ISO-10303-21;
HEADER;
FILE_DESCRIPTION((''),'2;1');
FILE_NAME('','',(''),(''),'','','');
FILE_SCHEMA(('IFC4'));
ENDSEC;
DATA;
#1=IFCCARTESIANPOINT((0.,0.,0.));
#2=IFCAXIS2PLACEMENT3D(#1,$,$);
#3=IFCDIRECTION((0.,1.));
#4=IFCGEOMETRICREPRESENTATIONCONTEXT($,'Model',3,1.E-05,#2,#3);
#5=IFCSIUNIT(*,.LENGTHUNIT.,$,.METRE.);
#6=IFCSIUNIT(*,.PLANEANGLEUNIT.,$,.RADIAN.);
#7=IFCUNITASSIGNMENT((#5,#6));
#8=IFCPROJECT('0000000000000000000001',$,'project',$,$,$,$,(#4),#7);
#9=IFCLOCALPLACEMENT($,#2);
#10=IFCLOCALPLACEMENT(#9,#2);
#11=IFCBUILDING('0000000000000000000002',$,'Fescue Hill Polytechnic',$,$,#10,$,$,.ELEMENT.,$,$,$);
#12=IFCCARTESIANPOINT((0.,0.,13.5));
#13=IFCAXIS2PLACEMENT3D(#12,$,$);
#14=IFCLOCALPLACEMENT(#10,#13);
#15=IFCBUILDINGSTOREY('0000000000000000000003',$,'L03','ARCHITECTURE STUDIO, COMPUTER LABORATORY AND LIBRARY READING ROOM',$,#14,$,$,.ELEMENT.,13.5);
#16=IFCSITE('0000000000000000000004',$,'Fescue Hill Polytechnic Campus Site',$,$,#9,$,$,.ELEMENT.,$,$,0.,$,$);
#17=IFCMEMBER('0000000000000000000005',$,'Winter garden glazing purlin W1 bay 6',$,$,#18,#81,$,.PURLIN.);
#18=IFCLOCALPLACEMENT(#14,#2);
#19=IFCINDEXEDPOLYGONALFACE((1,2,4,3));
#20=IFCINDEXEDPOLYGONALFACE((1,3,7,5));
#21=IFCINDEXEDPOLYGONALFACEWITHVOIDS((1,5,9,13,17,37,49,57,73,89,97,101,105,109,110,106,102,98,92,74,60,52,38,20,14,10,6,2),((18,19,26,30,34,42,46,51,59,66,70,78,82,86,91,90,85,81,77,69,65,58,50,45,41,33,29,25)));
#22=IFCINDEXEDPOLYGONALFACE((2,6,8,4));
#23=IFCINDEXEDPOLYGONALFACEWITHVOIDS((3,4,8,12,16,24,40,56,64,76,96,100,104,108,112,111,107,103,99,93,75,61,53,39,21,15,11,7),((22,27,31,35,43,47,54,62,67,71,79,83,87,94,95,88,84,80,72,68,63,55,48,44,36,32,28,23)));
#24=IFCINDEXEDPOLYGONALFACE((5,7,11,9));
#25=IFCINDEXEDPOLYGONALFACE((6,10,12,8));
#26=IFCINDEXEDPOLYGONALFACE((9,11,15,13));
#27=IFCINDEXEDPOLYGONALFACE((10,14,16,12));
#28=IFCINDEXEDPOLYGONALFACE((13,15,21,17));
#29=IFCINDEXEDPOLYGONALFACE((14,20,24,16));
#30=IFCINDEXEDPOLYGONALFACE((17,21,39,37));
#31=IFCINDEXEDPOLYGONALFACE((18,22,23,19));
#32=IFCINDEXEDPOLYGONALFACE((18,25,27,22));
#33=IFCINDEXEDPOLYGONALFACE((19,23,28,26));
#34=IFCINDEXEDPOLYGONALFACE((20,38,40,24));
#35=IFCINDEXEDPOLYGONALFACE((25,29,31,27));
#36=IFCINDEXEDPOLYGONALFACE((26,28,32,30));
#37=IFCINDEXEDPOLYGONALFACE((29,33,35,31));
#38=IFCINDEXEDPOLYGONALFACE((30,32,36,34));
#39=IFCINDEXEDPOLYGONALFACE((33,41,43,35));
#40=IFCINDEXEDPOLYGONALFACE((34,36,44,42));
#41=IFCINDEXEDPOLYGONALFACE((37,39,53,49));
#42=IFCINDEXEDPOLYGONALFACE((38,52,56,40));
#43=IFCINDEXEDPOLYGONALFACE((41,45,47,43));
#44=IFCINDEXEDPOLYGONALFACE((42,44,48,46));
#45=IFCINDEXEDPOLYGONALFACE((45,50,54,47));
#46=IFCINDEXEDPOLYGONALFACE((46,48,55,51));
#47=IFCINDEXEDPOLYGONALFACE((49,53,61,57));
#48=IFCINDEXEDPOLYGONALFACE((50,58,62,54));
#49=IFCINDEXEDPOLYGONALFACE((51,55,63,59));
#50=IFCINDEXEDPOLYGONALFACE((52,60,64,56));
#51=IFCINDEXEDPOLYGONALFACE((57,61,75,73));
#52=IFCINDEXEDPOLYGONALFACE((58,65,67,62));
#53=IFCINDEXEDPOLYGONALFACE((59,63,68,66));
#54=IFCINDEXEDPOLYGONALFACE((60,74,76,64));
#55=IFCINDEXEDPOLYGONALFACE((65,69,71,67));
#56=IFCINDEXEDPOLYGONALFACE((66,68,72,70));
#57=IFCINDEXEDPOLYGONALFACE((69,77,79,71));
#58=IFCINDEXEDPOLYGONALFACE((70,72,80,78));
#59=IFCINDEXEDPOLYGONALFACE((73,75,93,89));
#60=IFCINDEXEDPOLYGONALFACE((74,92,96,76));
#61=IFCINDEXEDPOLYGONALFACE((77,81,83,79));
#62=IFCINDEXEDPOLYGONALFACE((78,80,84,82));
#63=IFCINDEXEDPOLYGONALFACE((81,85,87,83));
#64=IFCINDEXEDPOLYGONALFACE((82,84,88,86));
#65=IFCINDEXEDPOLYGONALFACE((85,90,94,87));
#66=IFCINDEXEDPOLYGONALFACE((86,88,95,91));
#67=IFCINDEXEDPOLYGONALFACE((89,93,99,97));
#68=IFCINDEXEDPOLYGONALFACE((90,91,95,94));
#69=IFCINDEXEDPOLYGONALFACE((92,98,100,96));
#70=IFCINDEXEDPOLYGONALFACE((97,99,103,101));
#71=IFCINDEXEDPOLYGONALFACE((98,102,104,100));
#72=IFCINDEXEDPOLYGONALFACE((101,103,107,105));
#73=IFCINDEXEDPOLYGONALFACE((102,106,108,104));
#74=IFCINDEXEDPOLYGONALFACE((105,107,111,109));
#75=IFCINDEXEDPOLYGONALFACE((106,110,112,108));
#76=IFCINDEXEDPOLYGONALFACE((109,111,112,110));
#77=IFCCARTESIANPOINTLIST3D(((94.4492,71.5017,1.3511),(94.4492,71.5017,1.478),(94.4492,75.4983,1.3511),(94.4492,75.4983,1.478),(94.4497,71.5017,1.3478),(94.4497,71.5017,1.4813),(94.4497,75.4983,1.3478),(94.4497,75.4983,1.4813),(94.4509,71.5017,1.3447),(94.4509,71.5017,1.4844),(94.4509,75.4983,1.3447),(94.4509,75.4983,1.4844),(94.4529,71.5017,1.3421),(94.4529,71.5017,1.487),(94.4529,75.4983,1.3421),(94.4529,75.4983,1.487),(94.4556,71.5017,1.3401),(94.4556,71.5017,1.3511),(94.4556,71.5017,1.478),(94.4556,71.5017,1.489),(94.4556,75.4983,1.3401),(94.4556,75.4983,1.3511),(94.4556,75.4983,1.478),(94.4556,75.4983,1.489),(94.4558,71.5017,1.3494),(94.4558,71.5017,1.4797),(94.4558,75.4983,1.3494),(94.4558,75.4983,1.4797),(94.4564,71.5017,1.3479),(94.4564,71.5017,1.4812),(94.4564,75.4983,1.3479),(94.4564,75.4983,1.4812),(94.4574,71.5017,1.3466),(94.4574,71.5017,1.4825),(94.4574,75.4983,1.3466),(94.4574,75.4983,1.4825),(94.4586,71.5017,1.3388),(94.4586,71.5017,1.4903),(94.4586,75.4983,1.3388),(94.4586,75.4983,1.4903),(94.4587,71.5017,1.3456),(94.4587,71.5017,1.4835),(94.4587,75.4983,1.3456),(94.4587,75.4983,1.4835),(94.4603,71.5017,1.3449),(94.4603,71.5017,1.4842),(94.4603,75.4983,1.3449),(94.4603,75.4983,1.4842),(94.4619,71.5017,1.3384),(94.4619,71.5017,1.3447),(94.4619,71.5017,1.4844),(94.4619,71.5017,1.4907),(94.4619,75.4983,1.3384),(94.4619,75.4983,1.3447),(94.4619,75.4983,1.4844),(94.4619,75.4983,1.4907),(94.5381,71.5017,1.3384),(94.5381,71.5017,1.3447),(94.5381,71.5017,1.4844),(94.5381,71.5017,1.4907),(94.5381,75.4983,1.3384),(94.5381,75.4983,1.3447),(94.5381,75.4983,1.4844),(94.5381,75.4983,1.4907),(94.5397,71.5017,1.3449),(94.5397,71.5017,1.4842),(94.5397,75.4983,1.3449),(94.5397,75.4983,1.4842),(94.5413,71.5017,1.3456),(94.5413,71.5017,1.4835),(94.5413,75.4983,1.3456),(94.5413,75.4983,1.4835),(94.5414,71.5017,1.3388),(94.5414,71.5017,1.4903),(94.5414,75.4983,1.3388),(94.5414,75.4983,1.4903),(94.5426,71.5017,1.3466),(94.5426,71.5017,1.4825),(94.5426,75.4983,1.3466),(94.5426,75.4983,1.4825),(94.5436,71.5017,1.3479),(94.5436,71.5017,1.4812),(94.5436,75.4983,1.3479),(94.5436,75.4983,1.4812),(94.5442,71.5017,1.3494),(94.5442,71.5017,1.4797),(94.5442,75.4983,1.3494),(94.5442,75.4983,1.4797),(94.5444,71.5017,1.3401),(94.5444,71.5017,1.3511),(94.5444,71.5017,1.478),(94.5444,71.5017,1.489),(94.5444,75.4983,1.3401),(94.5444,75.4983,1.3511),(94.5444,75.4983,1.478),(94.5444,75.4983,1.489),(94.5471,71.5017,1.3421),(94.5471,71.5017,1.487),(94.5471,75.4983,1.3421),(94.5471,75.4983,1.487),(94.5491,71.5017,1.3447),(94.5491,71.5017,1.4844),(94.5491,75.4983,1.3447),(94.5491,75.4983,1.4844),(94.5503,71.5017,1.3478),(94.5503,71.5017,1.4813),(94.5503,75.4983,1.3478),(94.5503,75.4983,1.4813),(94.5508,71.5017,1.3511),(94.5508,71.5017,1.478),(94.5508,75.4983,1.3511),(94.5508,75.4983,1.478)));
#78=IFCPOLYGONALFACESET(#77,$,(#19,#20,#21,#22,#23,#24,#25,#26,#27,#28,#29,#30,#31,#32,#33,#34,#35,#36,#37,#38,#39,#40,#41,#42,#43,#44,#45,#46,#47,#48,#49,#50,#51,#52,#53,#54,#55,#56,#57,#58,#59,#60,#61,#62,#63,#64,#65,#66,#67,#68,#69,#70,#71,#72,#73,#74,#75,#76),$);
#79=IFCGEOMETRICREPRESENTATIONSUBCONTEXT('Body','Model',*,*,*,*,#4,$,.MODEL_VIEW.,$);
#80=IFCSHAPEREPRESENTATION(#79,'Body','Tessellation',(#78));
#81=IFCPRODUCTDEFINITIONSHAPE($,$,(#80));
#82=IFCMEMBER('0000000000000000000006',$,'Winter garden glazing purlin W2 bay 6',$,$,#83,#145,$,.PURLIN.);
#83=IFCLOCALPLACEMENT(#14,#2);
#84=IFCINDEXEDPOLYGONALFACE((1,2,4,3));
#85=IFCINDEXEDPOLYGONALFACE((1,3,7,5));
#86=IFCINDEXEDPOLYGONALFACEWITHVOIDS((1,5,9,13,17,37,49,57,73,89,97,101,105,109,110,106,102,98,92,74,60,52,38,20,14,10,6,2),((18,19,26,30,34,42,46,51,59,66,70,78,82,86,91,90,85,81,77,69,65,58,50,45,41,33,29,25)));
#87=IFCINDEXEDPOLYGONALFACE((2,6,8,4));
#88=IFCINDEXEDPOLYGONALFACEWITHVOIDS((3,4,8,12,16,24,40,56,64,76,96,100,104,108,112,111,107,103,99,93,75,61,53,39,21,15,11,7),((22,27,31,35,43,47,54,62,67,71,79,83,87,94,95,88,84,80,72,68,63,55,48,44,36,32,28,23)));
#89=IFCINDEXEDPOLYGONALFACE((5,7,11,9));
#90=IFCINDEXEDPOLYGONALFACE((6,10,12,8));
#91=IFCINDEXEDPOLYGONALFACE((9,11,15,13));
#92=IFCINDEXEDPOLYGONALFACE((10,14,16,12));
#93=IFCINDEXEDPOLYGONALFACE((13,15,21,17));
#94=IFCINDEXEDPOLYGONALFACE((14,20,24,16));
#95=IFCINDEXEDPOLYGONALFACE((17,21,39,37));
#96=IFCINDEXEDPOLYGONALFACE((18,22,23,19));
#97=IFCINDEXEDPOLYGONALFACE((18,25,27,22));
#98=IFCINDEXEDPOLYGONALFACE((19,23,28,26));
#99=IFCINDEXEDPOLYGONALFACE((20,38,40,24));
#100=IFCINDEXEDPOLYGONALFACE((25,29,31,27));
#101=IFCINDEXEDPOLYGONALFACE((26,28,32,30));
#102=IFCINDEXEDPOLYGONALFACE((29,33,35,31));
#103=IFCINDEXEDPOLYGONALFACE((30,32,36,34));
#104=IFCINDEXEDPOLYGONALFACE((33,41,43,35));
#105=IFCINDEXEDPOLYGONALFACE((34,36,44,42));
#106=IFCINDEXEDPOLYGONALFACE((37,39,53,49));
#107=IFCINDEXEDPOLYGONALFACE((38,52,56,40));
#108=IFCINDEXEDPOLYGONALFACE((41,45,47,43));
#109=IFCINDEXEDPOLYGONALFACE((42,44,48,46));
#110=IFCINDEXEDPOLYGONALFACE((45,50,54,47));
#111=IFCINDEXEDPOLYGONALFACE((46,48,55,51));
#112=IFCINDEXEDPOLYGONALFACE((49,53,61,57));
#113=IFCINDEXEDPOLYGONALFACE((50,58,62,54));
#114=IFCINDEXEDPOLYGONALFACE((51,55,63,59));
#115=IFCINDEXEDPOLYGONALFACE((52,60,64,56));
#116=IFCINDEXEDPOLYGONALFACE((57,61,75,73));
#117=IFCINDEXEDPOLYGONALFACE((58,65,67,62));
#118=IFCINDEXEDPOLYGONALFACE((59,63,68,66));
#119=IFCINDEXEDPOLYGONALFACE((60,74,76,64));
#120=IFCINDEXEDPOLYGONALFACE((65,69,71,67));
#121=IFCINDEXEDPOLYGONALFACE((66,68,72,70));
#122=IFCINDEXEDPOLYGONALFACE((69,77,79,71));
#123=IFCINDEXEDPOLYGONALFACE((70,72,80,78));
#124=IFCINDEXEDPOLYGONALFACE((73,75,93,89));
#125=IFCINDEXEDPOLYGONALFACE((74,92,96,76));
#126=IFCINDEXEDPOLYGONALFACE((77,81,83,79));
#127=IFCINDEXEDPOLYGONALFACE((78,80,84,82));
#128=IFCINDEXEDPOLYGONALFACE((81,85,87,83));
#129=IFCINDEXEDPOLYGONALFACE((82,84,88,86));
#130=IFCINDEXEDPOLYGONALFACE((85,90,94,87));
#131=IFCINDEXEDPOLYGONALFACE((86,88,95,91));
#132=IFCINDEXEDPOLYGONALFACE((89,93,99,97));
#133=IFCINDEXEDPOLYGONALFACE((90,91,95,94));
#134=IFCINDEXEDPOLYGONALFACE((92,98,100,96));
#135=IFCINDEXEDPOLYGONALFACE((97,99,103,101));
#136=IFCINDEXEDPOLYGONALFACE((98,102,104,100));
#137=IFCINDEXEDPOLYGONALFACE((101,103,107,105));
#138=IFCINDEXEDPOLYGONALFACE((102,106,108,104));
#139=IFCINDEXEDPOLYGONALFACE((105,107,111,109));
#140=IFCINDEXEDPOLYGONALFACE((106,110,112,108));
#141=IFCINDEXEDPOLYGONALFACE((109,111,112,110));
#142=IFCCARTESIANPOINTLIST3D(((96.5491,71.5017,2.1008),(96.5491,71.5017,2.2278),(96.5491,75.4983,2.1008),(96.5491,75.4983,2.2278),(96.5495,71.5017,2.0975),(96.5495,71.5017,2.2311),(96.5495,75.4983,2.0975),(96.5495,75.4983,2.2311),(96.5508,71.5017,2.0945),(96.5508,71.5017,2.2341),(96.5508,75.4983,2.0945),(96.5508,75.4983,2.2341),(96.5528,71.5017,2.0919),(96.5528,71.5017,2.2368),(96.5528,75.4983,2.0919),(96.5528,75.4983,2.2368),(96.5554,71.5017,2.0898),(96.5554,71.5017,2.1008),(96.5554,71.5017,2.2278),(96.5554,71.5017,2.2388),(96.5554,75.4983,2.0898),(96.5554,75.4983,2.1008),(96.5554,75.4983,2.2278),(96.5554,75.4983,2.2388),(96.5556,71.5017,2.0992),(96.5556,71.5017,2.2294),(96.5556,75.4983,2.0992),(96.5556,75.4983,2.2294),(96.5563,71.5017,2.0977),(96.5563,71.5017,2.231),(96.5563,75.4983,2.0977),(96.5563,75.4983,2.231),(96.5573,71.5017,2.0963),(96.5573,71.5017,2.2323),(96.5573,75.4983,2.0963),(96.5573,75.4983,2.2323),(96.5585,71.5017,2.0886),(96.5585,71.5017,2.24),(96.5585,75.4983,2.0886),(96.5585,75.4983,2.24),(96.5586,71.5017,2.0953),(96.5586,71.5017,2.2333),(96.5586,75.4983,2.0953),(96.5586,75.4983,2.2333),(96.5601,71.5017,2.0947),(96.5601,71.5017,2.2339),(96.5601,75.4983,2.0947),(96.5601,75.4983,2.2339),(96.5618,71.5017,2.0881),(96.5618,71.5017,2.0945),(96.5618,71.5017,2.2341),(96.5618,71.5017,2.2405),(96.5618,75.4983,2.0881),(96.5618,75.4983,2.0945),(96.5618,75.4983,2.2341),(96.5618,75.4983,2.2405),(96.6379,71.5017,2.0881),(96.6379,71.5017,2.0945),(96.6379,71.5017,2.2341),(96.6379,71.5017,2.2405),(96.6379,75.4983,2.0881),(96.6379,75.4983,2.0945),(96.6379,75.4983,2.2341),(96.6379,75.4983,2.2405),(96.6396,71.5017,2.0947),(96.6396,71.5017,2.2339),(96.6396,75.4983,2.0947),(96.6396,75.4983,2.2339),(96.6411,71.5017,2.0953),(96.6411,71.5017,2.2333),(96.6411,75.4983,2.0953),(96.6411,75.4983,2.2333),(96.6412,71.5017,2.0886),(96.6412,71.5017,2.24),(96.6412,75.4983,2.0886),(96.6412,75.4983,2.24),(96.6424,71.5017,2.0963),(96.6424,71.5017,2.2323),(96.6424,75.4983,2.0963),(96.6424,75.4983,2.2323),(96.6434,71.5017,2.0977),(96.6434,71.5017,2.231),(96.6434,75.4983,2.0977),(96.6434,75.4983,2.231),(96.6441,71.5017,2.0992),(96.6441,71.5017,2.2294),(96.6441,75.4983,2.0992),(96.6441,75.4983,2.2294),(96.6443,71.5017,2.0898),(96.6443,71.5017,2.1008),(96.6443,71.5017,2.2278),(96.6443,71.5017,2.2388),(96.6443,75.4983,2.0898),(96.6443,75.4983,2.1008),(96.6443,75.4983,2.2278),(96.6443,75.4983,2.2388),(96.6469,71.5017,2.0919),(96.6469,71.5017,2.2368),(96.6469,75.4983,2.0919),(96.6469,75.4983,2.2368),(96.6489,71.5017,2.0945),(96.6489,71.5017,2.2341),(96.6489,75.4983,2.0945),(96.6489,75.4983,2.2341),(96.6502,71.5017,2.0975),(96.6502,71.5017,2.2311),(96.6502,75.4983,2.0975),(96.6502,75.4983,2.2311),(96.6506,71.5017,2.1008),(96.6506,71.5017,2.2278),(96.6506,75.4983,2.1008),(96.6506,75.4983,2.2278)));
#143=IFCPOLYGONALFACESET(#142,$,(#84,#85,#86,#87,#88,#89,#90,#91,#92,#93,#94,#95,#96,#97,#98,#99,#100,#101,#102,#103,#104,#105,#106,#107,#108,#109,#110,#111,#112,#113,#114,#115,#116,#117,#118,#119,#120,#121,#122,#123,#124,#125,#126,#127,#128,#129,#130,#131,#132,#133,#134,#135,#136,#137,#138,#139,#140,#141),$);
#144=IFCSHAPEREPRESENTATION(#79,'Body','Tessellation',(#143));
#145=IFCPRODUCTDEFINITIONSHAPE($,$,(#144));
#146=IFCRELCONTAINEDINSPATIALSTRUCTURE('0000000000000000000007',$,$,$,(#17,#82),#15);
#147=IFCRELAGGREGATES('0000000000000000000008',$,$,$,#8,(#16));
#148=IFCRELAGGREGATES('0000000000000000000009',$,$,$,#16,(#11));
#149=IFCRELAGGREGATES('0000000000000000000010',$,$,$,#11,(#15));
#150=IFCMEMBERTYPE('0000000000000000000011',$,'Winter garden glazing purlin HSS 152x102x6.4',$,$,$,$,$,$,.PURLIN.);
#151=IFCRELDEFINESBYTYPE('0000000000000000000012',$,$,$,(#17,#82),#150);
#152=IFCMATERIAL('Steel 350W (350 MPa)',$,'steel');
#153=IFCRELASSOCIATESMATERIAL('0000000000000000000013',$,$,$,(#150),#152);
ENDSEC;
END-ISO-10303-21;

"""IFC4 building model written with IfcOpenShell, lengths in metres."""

from ifc_helpers import new_model, si_unit, direction, frame, origin, origin_2d, place, context, subcontext, project, spatial, hollow_rectangle, extrude, material, material_profile, profile_set, type_object, element, save


model = new_model("IFC4")

# Units and contexts
model_context = context("Model", 3, precision=1e-05, world=origin(), true_north=direction((0.0, 1.0)))
body_context = subcontext(model_context, "Body", "Model", "MODEL_VIEW")
ifc_project = project(units=[si_unit("LENGTHUNIT", "METRE"), si_unit("PLANEANGLEUNIT", "RADIAN")], contexts=[model_context])

# Site, building, storey
site_placement = place(None, origin())
site = spatial("IfcSite", under=ifc_project, at=site_placement, Name="Fescue Hill Polytechnic Campus Site", CompositionType="ELEMENT", RefElevation=0.0)
building_placement = place(site_placement, origin())
building = spatial("IfcBuilding", under=site, at=building_placement, Name="Fescue Hill Polytechnic", CompositionType="ELEMENT")
storey_placement = place(building_placement, frame((0.0, 0.0, 13.5)))
storey = spatial("IfcBuildingStorey", under=building, at=storey_placement, Name="L03", Description="ARCHITECTURE STUDIO, COMPUTER LABORATORY AND LIBRARY READING ROOM", CompositionType="ELEMENT", Elevation=13.5)

# Members
ifc_material_1 = material(Name="Steel 350W (350 MPa)", Category="steel")
ifc_material_profile_1 = material_profile(ifc_material_1, hollow_rectangle(XDim=0.1016, YDim=0.1523, WallThickness=0.0063, InnerFilletRadius=0.0063, OuterFilletRadius=0.0127, at=origin_2d()), Name="Winter garden glazing purlin HSS 152x102x6.4")
ifc_profile_set_1 = profile_set([ifc_material_profile_1], Name="Steel 350W (350 MPa)")
member_type_1 = type_object("IfcMemberType", Name="Winter garden glazing purlin HSS 152x102x6.4", PredefinedType="PURLIN", material=ifc_profile_set_1)
for number, where, z_axis, x_axis, name in (
    (1, (94.5, 71.5017, 1.4146), (0.0, 1.0, 0.0), (-1.0, 0.0, 0.0), "Winter garden glazing purlin W1 bay 6"),
    (2, (96.5999, 71.5017, 2.1643), (0.0, 1.0, 0.0), (-1.0, 0.0, 0.0), "Winter garden glazing purlin W2 bay 6"),
):
    element("IfcMember", number, at=place(storey_placement, frame(where, z_axis=z_axis, x_axis=x_axis)), inside=storey, type_object=member_type_1, Name=name, PredefinedType="PURLIN", context=body_context, shape_type="SweptSolid", body=[
        extrude(hollow_rectangle(XDim=0.1016, YDim=0.1523, WallThickness=0.0063, InnerFilletRadius=0.0063, OuterFilletRadius=0.0127, at=origin_2d()), origin(), (0.0, 0.0, 1.0), 3.9966),
    ])

save(model, "model.ifc")
